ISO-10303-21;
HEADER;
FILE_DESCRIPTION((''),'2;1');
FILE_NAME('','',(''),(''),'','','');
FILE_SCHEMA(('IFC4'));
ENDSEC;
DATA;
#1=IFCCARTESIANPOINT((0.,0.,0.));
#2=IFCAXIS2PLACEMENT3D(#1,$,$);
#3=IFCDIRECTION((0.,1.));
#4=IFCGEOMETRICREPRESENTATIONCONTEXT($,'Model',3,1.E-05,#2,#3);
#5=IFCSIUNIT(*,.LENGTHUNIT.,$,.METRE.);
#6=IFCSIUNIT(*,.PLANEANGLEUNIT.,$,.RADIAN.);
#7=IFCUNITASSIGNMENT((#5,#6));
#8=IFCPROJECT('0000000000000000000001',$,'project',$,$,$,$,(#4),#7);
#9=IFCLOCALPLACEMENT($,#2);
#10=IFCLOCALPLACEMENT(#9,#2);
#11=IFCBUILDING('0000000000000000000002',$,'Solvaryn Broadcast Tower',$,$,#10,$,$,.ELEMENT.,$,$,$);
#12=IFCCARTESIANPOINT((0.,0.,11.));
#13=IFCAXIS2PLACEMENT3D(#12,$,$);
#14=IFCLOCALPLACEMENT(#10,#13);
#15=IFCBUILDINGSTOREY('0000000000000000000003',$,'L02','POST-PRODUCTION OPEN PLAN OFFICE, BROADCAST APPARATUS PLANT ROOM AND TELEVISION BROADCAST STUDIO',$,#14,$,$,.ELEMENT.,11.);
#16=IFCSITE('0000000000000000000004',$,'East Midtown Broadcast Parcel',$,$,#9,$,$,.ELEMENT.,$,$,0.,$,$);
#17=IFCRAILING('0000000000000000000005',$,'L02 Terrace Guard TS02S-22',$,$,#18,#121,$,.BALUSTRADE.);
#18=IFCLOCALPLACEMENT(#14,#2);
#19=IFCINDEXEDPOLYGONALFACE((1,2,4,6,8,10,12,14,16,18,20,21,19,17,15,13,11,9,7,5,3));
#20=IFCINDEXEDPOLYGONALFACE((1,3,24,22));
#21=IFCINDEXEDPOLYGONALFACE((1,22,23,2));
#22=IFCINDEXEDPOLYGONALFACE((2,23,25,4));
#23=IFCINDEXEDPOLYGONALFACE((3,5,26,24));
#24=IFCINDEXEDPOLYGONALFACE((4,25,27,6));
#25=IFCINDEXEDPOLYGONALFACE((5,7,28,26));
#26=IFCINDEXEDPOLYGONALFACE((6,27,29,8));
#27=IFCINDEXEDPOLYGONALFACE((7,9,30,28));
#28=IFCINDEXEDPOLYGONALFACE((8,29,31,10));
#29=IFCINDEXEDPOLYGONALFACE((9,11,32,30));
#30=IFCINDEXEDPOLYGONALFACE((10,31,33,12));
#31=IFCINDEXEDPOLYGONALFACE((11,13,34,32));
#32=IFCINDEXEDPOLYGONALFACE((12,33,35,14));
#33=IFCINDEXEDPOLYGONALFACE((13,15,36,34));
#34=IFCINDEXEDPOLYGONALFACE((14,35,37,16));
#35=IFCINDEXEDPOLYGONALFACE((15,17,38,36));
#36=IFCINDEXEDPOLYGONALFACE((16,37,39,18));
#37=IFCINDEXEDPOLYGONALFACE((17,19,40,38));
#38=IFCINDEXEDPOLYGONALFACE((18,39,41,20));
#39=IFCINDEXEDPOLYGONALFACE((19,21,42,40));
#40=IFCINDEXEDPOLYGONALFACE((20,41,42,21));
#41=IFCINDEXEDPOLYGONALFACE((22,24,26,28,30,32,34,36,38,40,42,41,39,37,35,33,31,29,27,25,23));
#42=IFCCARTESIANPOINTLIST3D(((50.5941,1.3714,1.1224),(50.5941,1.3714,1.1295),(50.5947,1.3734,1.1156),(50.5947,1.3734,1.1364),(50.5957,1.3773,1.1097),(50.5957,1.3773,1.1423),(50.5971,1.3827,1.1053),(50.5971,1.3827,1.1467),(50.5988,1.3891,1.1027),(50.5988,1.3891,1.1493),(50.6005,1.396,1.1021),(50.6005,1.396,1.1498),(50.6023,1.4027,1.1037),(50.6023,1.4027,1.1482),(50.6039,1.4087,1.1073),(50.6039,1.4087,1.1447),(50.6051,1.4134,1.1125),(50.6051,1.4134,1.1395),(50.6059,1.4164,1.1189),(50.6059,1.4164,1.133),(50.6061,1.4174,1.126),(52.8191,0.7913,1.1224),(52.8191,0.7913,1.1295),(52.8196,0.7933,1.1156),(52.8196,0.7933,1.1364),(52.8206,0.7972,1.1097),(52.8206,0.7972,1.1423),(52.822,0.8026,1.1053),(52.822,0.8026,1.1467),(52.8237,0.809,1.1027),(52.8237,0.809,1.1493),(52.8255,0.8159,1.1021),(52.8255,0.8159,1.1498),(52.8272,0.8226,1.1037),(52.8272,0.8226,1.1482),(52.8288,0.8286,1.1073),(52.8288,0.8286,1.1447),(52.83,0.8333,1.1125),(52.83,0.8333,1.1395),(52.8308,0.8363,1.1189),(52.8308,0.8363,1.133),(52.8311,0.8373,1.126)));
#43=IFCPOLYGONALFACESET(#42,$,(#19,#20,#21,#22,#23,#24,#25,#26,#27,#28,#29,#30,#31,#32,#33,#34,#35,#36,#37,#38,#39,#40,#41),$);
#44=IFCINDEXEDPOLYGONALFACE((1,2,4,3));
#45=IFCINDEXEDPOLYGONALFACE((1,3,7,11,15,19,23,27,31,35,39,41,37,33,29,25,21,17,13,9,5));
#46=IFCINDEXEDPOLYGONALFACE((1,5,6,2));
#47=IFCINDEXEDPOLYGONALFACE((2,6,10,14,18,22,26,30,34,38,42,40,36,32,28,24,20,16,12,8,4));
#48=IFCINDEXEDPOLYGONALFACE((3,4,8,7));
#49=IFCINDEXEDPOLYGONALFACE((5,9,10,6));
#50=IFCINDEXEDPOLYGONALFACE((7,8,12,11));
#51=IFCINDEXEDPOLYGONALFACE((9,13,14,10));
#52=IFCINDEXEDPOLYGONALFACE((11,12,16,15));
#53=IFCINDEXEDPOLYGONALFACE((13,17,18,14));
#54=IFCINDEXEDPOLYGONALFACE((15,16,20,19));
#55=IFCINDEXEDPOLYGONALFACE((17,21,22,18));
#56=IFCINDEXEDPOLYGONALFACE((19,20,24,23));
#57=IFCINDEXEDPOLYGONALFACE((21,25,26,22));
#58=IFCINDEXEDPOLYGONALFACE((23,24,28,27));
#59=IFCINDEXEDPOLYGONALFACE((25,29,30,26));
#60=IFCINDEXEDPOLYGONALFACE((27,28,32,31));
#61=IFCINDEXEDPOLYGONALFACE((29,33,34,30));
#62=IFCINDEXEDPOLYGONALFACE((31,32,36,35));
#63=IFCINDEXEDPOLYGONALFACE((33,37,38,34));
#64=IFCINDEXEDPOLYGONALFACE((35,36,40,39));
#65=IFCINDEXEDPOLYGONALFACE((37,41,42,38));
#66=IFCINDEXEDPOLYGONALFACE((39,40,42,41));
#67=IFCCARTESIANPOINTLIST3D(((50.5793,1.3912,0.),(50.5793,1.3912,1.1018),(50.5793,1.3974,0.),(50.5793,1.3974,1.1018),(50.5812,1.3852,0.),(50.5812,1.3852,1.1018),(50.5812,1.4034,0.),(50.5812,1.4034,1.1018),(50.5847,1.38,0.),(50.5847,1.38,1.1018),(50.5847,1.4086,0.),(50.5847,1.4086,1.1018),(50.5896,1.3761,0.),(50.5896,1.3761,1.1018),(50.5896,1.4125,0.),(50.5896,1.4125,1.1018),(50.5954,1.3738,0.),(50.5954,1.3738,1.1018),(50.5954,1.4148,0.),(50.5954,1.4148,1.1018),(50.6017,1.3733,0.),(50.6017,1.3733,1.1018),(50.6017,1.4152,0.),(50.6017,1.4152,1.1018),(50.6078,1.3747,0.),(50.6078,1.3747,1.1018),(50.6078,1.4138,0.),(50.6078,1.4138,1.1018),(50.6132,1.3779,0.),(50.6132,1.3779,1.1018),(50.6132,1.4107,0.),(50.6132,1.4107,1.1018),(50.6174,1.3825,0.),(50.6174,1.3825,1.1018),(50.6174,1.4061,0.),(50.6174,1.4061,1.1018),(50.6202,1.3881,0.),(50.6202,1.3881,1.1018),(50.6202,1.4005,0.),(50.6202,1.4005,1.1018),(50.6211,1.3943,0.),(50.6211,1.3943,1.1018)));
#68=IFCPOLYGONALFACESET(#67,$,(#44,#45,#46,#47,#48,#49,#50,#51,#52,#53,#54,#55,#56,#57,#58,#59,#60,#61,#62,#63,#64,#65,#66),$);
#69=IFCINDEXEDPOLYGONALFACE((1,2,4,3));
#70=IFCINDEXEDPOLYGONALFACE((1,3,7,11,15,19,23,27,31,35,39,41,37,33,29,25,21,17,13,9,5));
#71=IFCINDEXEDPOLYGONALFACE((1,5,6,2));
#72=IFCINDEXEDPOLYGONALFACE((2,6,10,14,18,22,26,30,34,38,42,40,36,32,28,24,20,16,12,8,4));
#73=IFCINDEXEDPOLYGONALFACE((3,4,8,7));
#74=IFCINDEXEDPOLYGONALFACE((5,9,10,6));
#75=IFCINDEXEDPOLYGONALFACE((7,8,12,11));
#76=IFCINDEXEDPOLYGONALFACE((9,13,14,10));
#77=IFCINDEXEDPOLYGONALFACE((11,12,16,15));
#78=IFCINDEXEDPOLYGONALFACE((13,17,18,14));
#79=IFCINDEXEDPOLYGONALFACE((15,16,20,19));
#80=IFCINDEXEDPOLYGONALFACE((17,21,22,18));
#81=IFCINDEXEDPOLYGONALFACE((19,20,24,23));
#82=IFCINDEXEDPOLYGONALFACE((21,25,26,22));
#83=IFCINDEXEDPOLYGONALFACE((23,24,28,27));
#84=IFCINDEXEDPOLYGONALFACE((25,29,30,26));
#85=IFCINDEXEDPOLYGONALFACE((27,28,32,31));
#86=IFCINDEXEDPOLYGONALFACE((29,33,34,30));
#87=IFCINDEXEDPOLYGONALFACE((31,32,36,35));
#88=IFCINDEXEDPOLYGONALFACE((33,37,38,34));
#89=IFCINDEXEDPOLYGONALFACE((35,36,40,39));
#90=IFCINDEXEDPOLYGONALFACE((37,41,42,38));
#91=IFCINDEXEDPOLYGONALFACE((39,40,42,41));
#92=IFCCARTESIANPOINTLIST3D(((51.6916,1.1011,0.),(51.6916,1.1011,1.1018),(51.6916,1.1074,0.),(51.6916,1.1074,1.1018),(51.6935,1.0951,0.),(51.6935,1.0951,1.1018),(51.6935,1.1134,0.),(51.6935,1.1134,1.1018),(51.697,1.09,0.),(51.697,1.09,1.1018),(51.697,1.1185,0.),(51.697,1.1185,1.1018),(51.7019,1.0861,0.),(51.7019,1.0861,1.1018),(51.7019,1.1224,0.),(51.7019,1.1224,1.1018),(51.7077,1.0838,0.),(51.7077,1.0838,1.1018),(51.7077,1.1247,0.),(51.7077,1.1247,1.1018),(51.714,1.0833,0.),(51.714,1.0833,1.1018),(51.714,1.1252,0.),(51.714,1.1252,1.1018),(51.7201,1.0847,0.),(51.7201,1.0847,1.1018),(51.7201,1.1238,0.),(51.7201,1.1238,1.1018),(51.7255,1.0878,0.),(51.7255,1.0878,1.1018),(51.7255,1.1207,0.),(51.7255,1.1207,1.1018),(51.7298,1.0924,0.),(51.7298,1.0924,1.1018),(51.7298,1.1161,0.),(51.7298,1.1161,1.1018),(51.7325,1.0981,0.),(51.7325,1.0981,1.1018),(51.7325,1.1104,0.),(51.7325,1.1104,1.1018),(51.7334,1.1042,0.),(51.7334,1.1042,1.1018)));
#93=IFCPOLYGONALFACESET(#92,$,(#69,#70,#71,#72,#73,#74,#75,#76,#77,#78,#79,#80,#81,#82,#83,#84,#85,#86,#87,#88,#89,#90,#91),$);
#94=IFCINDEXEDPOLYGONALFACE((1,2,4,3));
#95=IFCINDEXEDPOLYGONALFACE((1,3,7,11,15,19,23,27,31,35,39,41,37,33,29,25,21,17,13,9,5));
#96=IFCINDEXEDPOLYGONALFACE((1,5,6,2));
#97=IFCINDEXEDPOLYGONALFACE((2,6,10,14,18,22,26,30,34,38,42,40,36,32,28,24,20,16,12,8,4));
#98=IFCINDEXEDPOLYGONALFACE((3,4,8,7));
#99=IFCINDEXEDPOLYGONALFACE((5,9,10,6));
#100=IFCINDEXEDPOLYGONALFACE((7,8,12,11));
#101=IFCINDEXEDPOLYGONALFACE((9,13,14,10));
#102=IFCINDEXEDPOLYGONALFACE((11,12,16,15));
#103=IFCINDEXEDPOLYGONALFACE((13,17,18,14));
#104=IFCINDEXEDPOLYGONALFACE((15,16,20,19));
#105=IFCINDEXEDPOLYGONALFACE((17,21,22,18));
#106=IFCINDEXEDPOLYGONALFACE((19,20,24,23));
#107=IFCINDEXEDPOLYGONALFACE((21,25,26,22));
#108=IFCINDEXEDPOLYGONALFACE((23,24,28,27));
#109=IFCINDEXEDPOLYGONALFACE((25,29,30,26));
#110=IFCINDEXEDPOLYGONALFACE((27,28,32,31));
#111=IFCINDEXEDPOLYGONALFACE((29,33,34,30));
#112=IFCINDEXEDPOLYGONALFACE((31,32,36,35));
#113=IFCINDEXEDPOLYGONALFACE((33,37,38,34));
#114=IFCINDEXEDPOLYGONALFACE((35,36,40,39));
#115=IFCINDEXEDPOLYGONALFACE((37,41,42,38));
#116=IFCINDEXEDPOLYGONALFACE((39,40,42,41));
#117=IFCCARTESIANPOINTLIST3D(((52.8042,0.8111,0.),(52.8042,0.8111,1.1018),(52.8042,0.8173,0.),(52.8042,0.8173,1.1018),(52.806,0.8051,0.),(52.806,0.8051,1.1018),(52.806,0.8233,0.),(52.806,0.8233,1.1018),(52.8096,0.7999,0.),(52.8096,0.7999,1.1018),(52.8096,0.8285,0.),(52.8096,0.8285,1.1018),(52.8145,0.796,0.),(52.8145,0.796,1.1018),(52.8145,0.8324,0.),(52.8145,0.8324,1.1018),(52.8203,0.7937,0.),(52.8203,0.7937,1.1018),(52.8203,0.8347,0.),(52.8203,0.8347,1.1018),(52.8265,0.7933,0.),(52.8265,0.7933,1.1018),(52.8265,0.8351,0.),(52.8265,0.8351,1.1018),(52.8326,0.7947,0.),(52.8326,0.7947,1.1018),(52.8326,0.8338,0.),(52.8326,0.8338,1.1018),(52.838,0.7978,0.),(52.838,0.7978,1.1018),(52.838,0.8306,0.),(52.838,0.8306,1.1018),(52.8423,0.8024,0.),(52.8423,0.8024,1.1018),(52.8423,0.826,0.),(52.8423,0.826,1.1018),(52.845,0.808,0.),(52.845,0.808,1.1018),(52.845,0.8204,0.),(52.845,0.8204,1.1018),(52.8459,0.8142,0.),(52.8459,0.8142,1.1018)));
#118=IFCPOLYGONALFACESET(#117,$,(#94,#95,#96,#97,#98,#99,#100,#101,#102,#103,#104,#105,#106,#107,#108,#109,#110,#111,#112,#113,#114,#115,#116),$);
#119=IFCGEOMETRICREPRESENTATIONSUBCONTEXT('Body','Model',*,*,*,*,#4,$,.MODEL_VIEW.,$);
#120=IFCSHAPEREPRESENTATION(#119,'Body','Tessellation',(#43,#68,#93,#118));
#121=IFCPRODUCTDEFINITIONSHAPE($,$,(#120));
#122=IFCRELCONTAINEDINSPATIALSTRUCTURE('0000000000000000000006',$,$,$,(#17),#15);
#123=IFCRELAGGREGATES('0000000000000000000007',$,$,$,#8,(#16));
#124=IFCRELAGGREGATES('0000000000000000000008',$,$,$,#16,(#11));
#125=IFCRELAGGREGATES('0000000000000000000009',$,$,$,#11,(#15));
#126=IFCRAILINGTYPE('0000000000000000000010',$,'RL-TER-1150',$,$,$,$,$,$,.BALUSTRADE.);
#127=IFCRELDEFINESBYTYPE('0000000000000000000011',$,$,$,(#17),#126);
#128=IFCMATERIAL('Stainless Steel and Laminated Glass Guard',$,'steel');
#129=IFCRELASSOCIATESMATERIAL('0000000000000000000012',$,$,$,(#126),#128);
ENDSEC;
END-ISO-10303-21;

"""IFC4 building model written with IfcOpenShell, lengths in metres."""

from ifc_helpers import new_model, si_unit, direction, frame, origin, origin_2d, place, context, subcontext, project, spatial, circle, extrude, material, type_object, element, save


model = new_model("IFC4")

# Units and contexts
model_context = context("Model", 3, precision=1e-05, world=origin(), true_north=direction((0.0, 1.0)))
body_context = subcontext(model_context, "Body", "Model", "MODEL_VIEW")
ifc_project = project(units=[si_unit("LENGTHUNIT", "METRE"), si_unit("PLANEANGLEUNIT", "RADIAN")], contexts=[model_context])

# Site, building, storey
site_placement = place(None, origin())
site = spatial("IfcSite", under=ifc_project, at=site_placement, Name="East Midtown Broadcast Parcel", CompositionType="ELEMENT", RefElevation=0.0)
building_placement = place(site_placement, origin())
building = spatial("IfcBuilding", under=site, at=building_placement, Name="Solvaryn Broadcast Tower", CompositionType="ELEMENT")
storey_placement = place(building_placement, frame((0.0, 0.0, 11.0)))
storey = spatial("IfcBuildingStorey", under=building, at=storey_placement, Name="L02", Description="POST-PRODUCTION OPEN PLAN OFFICE, BROADCAST APPARATUS PLANT ROOM AND TELEVISION BROADCAST STUDIO", CompositionType="ELEMENT", Elevation=11.0)

# Railing
ifc_material_1 = material(Name="Stainless Steel and Laminated Glass Guard", Category="steel")
railing_type = type_object("IfcRailingType", Name="RL-TER-1150", PredefinedType="BALUSTRADE", material=ifc_material_1)
railing_1_placement = place(storey_placement, frame((50.6001, 1.3943, 0.0)))
element("IfcRailing", 1, at=railing_1_placement, inside=storey, type_object=railing_type, Name="L02 Terrace Guard TS02S-22", PredefinedType="BALUSTRADE", context=body_context, shape_type="SweptSolid", body=[
    extrude(circle(Radius=0.0239, at=origin_2d()), frame((0.0, 0.0, 1.126), z_axis=(0.967651, -0.252292, 0.0), x_axis=(0.252292, 0.967651, 0.0)), (0.0, 0.0, 1.0), 2.2993),
    extrude(circle(Radius=0.021, at=origin_2d()), origin(), (0.0, 0.0, 1.0), 1.1018),
    extrude(circle(Radius=0.021, at=origin_2d()), frame((1.1123, -0.29, 0.0)), (0.0, 0.0, 1.0), 1.1018),
    extrude(circle(Radius=0.021, at=origin_2d()), frame((2.2249, -0.5801, 0.0)), (0.0, 0.0, 1.0), 1.1018),
])

save(model, "model.ifc")
